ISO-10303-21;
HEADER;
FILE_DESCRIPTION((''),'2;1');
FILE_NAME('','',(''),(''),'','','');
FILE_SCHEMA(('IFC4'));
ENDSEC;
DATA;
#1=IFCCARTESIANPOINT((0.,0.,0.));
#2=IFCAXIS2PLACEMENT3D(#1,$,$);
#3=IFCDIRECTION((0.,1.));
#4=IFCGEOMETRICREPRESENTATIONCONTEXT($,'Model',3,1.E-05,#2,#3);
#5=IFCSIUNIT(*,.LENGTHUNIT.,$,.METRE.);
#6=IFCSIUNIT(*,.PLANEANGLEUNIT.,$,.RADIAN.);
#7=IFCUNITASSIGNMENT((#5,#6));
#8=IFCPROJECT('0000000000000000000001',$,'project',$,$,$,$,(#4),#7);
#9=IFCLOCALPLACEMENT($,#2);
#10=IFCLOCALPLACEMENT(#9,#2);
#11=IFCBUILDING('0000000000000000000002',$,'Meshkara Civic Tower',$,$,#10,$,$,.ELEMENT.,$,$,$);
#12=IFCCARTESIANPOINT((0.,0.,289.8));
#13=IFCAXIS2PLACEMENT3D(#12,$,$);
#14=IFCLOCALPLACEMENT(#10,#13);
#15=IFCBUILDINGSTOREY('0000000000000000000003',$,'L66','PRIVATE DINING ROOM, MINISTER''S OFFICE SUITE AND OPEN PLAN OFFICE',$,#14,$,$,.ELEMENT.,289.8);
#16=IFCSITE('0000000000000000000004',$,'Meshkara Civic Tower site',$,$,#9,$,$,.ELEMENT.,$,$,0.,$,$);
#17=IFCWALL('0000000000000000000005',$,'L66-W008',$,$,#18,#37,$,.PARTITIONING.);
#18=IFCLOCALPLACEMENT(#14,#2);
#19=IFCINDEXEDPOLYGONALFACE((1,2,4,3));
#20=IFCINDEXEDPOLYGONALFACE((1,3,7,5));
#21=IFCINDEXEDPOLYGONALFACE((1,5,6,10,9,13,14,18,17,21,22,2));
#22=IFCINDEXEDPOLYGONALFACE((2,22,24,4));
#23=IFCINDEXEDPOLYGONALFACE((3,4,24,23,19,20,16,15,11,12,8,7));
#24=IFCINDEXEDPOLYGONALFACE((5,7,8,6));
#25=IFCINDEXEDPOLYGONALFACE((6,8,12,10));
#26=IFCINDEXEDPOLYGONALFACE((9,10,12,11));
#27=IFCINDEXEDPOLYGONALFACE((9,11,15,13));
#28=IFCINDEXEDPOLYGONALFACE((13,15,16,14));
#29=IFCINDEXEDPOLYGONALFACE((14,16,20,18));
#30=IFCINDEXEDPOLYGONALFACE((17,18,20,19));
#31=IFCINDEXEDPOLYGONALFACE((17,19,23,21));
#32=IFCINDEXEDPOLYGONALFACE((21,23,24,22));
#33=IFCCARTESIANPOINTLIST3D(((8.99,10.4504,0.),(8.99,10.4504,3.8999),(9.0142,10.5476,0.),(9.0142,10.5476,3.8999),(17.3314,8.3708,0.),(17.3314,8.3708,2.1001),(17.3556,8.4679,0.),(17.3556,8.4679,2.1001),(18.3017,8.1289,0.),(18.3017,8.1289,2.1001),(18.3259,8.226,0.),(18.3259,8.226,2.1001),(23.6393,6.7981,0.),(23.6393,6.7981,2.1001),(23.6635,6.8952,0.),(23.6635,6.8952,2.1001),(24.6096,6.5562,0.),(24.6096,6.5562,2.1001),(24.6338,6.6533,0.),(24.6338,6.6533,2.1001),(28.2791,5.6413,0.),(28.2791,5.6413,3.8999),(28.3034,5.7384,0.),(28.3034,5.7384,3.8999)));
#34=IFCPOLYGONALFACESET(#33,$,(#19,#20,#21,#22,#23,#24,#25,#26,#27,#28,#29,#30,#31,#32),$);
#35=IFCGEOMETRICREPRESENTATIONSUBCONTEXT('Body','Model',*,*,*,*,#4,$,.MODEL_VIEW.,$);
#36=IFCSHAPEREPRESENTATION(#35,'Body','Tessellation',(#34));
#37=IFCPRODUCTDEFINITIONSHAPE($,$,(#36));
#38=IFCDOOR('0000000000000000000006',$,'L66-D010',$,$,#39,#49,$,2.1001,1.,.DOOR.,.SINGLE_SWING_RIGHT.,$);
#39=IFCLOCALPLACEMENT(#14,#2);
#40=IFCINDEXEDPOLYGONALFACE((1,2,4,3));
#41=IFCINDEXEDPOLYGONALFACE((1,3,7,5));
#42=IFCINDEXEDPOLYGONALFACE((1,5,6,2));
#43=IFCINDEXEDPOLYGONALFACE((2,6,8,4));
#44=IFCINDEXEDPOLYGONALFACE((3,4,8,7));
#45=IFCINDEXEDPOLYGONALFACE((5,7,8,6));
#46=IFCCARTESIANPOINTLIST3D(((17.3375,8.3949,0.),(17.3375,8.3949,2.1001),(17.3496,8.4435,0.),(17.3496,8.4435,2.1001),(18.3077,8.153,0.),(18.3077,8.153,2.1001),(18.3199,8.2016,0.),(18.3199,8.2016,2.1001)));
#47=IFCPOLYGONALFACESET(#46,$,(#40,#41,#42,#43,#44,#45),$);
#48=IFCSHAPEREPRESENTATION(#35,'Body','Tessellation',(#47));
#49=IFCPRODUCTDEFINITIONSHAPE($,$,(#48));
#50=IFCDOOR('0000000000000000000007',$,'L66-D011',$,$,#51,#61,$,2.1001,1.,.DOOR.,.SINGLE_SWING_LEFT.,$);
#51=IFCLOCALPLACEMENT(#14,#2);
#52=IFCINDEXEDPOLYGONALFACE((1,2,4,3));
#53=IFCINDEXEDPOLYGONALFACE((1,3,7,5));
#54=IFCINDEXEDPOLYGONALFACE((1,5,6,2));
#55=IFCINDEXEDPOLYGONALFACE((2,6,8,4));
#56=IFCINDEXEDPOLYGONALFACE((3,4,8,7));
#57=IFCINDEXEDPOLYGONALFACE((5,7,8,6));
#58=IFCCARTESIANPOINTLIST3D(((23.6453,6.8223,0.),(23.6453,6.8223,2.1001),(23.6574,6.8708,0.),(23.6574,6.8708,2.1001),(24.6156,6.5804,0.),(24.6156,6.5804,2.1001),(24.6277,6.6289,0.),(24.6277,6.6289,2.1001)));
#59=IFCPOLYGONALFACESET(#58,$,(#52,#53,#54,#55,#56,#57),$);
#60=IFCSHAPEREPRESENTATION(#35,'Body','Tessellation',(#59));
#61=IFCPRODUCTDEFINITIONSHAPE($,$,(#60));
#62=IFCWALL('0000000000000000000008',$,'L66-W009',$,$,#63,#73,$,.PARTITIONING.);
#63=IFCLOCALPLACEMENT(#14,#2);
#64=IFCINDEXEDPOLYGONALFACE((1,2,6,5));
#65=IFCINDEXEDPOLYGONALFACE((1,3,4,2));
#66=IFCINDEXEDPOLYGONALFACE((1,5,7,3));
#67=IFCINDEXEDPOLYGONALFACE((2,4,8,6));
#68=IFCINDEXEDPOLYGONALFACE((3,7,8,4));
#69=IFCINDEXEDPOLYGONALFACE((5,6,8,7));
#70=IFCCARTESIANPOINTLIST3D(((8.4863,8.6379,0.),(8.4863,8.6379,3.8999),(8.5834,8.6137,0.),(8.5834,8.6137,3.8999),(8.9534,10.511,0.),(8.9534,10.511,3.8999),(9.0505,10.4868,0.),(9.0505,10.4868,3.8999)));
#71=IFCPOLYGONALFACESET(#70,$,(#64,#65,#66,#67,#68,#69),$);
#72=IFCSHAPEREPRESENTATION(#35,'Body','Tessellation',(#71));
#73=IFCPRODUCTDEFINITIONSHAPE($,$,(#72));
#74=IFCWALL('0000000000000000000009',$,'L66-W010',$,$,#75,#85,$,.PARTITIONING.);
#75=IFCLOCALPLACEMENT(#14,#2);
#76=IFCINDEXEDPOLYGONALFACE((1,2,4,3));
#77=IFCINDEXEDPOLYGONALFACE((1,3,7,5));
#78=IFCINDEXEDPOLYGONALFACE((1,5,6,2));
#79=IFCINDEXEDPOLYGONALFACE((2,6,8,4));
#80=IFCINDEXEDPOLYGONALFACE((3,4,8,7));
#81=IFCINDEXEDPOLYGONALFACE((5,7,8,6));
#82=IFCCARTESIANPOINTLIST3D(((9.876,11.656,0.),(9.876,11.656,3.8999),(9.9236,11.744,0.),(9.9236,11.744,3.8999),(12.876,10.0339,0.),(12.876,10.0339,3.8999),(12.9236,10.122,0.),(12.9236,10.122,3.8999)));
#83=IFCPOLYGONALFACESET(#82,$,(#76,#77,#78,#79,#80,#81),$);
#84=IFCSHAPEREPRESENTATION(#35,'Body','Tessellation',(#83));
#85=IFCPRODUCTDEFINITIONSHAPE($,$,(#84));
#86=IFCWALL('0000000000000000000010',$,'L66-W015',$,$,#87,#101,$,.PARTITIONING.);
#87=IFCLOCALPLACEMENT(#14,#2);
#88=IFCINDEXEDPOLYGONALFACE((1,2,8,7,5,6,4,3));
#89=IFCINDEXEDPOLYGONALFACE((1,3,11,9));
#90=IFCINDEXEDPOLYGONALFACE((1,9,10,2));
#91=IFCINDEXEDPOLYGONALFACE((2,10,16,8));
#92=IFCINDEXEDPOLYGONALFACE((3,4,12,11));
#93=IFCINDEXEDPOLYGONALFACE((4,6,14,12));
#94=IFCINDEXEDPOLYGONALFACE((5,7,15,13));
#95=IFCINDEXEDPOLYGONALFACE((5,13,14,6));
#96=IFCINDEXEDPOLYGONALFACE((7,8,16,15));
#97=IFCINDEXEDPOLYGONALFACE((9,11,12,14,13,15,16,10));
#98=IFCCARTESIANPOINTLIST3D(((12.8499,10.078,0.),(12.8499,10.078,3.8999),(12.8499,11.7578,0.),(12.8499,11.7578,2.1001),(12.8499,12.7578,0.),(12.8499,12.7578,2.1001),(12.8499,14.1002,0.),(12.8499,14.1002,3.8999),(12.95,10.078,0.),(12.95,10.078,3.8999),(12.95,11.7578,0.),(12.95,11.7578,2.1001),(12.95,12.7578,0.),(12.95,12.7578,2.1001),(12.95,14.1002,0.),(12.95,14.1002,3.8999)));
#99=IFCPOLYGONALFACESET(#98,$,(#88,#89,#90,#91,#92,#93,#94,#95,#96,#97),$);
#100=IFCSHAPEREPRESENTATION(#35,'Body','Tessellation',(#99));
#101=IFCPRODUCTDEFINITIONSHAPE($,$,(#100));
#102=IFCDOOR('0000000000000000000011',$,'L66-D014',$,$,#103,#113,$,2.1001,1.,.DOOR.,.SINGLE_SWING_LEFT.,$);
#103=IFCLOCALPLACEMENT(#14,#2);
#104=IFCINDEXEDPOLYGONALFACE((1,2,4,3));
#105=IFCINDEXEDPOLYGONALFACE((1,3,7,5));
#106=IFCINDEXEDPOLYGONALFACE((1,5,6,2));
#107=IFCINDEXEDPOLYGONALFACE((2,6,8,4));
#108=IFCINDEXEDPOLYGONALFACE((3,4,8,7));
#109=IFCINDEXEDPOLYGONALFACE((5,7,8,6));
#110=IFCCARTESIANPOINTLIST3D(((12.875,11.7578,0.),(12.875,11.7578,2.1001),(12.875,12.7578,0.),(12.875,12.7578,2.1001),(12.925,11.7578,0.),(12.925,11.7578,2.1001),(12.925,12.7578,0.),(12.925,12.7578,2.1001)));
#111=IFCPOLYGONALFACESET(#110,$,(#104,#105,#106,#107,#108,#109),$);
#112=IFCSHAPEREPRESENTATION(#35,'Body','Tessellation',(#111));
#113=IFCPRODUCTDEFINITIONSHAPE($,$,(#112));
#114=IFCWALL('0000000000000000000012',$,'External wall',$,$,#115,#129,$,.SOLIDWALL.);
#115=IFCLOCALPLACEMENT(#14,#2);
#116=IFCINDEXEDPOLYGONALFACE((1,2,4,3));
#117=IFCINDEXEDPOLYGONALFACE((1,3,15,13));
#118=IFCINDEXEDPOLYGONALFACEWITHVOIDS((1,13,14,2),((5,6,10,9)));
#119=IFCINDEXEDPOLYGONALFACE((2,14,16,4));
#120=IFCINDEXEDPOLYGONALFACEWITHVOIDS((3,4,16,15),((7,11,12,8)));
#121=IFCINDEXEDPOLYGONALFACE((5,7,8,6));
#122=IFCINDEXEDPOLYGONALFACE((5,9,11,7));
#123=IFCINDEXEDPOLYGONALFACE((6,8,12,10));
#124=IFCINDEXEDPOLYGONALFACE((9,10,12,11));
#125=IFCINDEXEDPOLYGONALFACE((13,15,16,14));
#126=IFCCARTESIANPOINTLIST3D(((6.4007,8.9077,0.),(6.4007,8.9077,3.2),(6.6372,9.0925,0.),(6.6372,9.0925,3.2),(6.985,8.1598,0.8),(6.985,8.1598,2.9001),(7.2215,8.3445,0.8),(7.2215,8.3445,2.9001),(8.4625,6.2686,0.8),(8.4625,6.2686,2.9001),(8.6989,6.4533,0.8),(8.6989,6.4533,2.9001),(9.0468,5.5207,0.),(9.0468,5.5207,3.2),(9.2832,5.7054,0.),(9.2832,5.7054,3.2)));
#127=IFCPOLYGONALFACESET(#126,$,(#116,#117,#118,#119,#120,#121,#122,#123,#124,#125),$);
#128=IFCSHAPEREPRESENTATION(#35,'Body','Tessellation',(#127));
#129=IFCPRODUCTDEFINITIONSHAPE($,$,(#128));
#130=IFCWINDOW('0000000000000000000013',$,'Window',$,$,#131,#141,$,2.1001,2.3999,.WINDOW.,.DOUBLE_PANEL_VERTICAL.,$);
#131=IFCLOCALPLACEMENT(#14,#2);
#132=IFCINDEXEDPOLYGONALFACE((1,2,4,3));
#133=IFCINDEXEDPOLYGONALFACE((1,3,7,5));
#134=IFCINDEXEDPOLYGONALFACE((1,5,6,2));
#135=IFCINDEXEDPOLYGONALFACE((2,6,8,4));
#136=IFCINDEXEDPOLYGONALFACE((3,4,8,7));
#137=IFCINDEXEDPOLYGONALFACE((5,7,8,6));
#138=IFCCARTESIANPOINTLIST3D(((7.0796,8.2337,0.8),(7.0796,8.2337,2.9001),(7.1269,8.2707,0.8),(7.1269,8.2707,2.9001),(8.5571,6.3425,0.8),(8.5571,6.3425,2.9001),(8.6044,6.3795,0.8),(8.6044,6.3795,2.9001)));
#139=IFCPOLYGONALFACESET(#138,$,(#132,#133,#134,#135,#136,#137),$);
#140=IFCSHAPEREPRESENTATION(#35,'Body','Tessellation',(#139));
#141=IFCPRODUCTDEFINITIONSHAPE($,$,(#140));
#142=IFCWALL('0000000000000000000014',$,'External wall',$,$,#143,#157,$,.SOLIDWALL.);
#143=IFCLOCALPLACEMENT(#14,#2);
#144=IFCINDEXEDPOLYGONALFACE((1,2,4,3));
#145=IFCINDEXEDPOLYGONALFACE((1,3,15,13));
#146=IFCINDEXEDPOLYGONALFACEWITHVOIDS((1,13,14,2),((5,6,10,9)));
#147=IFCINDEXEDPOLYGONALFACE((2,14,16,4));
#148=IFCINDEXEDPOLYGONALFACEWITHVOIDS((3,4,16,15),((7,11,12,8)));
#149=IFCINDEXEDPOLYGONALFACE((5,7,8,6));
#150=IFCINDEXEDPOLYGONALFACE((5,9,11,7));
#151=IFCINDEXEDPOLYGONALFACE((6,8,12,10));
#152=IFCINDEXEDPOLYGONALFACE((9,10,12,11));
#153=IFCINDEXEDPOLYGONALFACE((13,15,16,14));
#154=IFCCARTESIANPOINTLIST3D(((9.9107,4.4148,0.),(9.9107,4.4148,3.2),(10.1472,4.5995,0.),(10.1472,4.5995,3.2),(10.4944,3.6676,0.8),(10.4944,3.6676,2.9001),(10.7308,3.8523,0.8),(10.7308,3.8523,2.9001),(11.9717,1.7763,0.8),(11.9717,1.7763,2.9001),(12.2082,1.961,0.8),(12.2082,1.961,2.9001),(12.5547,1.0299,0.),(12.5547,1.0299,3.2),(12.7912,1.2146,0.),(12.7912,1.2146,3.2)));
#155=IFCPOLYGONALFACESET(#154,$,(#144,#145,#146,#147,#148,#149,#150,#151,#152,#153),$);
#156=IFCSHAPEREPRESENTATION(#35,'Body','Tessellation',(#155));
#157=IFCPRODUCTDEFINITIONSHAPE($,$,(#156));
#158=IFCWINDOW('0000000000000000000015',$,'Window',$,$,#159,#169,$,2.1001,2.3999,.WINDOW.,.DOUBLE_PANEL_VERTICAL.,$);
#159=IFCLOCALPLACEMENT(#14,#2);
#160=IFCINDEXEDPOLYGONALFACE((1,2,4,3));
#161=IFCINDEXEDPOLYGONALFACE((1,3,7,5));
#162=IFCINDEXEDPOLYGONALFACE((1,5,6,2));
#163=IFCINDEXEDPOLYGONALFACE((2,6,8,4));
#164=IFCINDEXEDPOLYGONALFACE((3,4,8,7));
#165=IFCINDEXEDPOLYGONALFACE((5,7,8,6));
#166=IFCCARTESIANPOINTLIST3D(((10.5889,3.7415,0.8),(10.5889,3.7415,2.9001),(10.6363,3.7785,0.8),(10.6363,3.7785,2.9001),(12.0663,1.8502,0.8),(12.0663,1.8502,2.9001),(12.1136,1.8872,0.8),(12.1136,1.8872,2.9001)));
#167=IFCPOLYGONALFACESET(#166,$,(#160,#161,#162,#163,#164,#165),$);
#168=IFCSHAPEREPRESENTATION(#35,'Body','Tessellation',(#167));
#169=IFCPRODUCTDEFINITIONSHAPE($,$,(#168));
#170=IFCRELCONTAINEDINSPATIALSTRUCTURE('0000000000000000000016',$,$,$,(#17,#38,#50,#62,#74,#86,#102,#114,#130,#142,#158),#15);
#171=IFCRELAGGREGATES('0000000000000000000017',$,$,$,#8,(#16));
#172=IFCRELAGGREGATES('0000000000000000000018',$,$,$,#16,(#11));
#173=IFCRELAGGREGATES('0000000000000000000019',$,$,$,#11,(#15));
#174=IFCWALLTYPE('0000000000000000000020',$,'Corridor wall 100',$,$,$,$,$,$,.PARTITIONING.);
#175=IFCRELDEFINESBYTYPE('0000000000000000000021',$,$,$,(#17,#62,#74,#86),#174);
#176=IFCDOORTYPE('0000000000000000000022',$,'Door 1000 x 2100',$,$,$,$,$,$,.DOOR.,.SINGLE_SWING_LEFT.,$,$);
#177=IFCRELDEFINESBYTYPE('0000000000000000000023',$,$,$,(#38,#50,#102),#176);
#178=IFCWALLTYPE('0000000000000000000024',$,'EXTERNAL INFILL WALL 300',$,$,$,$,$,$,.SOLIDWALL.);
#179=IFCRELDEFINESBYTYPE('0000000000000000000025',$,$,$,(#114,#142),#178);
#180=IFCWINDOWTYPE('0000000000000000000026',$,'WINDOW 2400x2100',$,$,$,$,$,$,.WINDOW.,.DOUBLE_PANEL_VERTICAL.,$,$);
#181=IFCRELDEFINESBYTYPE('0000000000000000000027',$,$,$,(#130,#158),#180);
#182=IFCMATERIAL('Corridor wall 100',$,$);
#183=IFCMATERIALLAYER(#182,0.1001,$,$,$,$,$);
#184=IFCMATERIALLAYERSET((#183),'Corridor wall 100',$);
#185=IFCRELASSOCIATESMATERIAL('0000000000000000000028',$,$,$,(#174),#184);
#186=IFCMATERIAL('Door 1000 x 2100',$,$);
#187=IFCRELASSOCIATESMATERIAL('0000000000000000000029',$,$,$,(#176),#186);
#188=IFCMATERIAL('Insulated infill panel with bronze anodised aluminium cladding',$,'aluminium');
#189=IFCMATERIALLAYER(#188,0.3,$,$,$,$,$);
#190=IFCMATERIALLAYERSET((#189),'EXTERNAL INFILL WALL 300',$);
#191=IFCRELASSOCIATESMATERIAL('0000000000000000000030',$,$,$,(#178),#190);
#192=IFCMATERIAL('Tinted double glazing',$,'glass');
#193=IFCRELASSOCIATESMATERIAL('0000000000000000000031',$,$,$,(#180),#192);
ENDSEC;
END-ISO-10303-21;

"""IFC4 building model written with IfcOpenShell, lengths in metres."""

from ifc_helpers import new_model, si_unit, direction, frame, frame_2d, origin, place, context, subcontext, project, spatial, rectangle, extrude, material, layer, layer_set, type_object, element, fill, save


model = new_model("IFC4")

# Units and contexts
model_context = context("Model", 3, precision=1e-05, world=origin(), true_north=direction((0.0, 1.0)))
body_context = subcontext(model_context, "Body", "Model", "MODEL_VIEW")
ifc_project = project(units=[si_unit("LENGTHUNIT", "METRE"), si_unit("PLANEANGLEUNIT", "RADIAN")], contexts=[model_context])

# Site, building, storey
site_placement = place(None, origin())
site = spatial("IfcSite", under=ifc_project, at=site_placement, Name="Meshkara Civic Tower site", CompositionType="ELEMENT", RefElevation=0.0)
building_placement = place(site_placement, origin())
building = spatial("IfcBuilding", under=site, at=building_placement, Name="Meshkara Civic Tower", CompositionType="ELEMENT")
storey_placement = place(building_placement, frame((0.0, 0.0, 289.8)))
storey = spatial("IfcBuildingStorey", under=building, at=storey_placement, Name="L66", Description="PRIVATE DINING ROOM, MINISTER'S OFFICE SUITE AND OPEN PLAN OFFICE", CompositionType="ELEMENT", Elevation=289.8)

# Shared definitions
ifc_material_1 = material(Name="Corridor wall 100")
ifc_layer_1 = layer(ifc_material_1, 0.1001)
ifc_layer_set_1 = layer_set([ifc_layer_1], Name="Corridor wall 100")
wall_type_1 = type_object("IfcWallType", Name="Corridor wall 100", PredefinedType="PARTITIONING", material=ifc_layer_set_1)

# Wall, openings, doors
ifc_material_2 = material(Name="Door 1000 x 2100")
door_type = type_object("IfcDoorType", Name="Door 1000 x 2100", OperationType="SINGLE_SWING_LEFT", PredefinedType="DOOR", material=ifc_material_2)
wall_1_placement = place(storey_placement, frame((9.002, 10.499, 0.0), z_axis=(0.0, 0.0, 1.0), x_axis=(0.970298, -0.241911, 0.0)))
wall_1 = element("IfcWall", 1, at=wall_1_placement, inside=storey, type_object=wall_type_1, Name="L66-W008", PredefinedType="PARTITIONING", context=body_context, shape_type="SweptSolid", body=[
    extrude(rectangle(XDim=19.8796, YDim=0.1001, at=frame_2d((9.9399, 0.0))), origin(), (0.0, 0.0, 1.0), 3.8999),
])
opening_1_placement = place(wall_1_placement, frame((8.5969, 0.0, 0.0)))
opening_1 = element("IfcOpeningElement", 2, at=opening_1_placement, cuts=wall_1, PredefinedType="OPENING", context=body_context, shape_type="SweptSolid", body=[
    extrude(rectangle(XDim=1.0, YDim=2.1001, at=frame_2d((0.5, 1.05))), frame((0.0, 0.0601, 0.0), z_axis=(0.0, -1.0, 0.0), x_axis=(1.0, 0.0, 0.0)), (0.0, 0.0, 1.0), 0.1201),
])
opening_2_placement = place(wall_1_placement, frame((15.0979, 0.0, 0.0)))
opening_2 = element("IfcOpeningElement", 3, at=opening_2_placement, cuts=wall_1, PredefinedType="OPENING", context=body_context, shape_type="SweptSolid", body=[
    extrude(rectangle(XDim=1.0, YDim=2.1001, at=frame_2d((0.5, 1.05))), frame((0.0, 0.0601, 0.0), z_axis=(0.0, -1.0, 0.0), x_axis=(1.0, 0.0, 0.0)), (0.0, 0.0, 1.0), 0.1201),
])
door_1_placement = place(opening_1_placement, origin())
door_1 = element("IfcDoor", 4, at=door_1_placement, inside=storey, type_object=door_type, Name="L66-D010", OperationType="SINGLE_SWING_RIGHT", OverallHeight=2.1001, OverallWidth=1.0, PredefinedType="DOOR", context=body_context, shape_type="SweptSolid", body=[
    extrude(rectangle(XDim=1.0, YDim=2.1001, at=frame_2d((0.5, 1.05))), frame((0.0, 0.0249, 0.0), z_axis=(0.0, -1.0, 0.0), x_axis=(1.0, 0.0, 0.0)), (0.0, 0.0, 1.0), 0.05),
])
fill(opening_1, door_1)
door_2_placement = place(opening_2_placement, origin())
door_2 = element("IfcDoor", 5, at=door_2_placement, inside=storey, type_object=door_type, Name="L66-D011", OperationType="SINGLE_SWING_LEFT", OverallHeight=2.1001, OverallWidth=1.0, PredefinedType="DOOR", context=body_context, shape_type="SweptSolid", body=[
    extrude(rectangle(XDim=1.0, YDim=2.1001, at=frame_2d((0.5, 1.05))), frame((0.0, 0.0249, 0.0), z_axis=(0.0, -1.0, 0.0), x_axis=(1.0, 0.0, 0.0)), (0.0, 0.0, 1.0), 0.05),
])
fill(opening_2, door_2)

# Walls
wall_2_placement = place(storey_placement, frame((9.002, 10.499, 0.0), z_axis=(0.0, 0.0, 1.0), x_axis=(-0.24194, -0.970291, 0.0)))
element("IfcWall", 6, at=wall_2_placement, inside=storey, type_object=wall_type_1, Name="L66-W009", PredefinedType="PARTITIONING", context=body_context, shape_type="SweptSolid", body=[
    extrude(rectangle(XDim=1.9304, YDim=0.1001, at=frame_2d((0.9653, 0.0))), origin(), (0.0, 0.0, 1.0), 3.8999),
])
wall_3_placement = place(storey_placement, frame((9.8999, 11.7, 0.0), z_axis=(0.0, 0.0, 1.0), x_axis=(0.879651, -0.475619, 0.0)))
element("IfcWall", 7, at=wall_3_placement, inside=storey, type_object=wall_type_1, Name="L66-W010", PredefinedType="PARTITIONING", context=body_context, shape_type="SweptSolid", body=[
    extrude(rectangle(XDim=3.4104, YDim=0.1001, at=frame_2d((1.7051, 0.0))), origin(), (0.0, 0.0, 1.0), 3.8999),
])

# Wall, opening, door
wall_4_placement = place(storey_placement, frame((12.8999, 10.0779, 0.0), z_axis=(0.0, 0.0, 1.0), x_axis=(0.0, 1.0, 0.0)))
wall_4 = element("IfcWall", 8, at=wall_4_placement, inside=storey, type_object=wall_type_1, Name="L66-W015", PredefinedType="PARTITIONING", context=body_context, shape_type="SweptSolid", body=[
    extrude(rectangle(XDim=4.0222, YDim=0.1001, at=frame_2d((2.0112, 0.0))), origin(), (0.0, 0.0, 1.0), 3.8999),
])
opening_3_placement = place(wall_4_placement, frame((1.6799, 0.0, 0.0)))
opening_3 = element("IfcOpeningElement", 9, at=opening_3_placement, cuts=wall_4, PredefinedType="OPENING", context=body_context, shape_type="SweptSolid", body=[
    extrude(rectangle(XDim=1.0, YDim=2.1001, at=frame_2d((0.5, 1.05))), frame((0.0, 0.0601, 0.0), z_axis=(0.0, -1.0, 0.0), x_axis=(1.0, 0.0, 0.0)), (0.0, 0.0, 1.0), 0.1201),
])
door_3_placement = place(opening_3_placement, origin())
door_3 = element("IfcDoor", 10, at=door_3_placement, inside=storey, type_object=door_type, Name="L66-D014", OperationType="SINGLE_SWING_LEFT", OverallHeight=2.1001, OverallWidth=1.0, PredefinedType="DOOR", context=body_context, shape_type="SweptSolid", body=[
    extrude(rectangle(XDim=1.0, YDim=2.1001, at=frame_2d((0.5, 1.05))), frame((0.0, 0.0249, 0.0), z_axis=(0.0, -1.0, 0.0), x_axis=(1.0, 0.0, 0.0)), (0.0, 0.0, 1.0), 0.05),
])
fill(opening_3, door_3)

# Walls, openings, windows
ifc_material_3 = material(Name="Insulated infill panel with bronze anodised aluminium cladding", Category="aluminium")
ifc_layer_2 = layer(ifc_material_3, 0.3)
ifc_layer_set_2 = layer_set([ifc_layer_2], Name="EXTERNAL INFILL WALL 300")
wall_type_2 = type_object("IfcWallType", Name="EXTERNAL INFILL WALL 300", PredefinedType="SOLIDWALL", material=ifc_layer_set_2)
wall_5_placement = place(storey_placement, frame((6.519, 9.0, 0.0), z_axis=(0.0, 0.0, 1.0), x_axis=(0.615634, -0.788032, 0.0)))
wall_5 = element("IfcWall", 11, at=wall_5_placement, inside=storey, type_object=wall_type_2, Name="External wall", PredefinedType="SOLIDWALL", context=body_context, shape_type="SweptSolid", body=[
    extrude(rectangle(XDim=4.2981, YDim=0.3, at=frame_2d((2.1489, 0.0))), origin(), (0.0, 0.0, 1.0), 3.2),
])
opening_4_placement = place(wall_5_placement, frame((0.949, 0.0, 0.8)))
opening_4 = element("IfcOpeningElement", 12, at=opening_4_placement, cuts=wall_5, PredefinedType="OPENING", context=body_context, shape_type="SweptSolid", body=[
    extrude(rectangle(XDim=2.3999, YDim=2.1001, at=frame_2d((1.2, 1.05))), frame((0.0, 0.1599, 0.0), z_axis=(0.0, -1.0, 0.0), x_axis=(1.0, 0.0, 0.0)), (0.0, 0.0, 1.0), 0.3201),
])
ifc_material_4 = material(Name="Tinted double glazing", Category="glass")
window_type = type_object("IfcWindowType", Name="WINDOW 2400x2100", PartitioningType="DOUBLE_PANEL_VERTICAL", PredefinedType="WINDOW", material=ifc_material_4)
window_1_placement = place(opening_4_placement, origin())
window_1 = element("IfcWindow", 13, at=window_1_placement, inside=storey, type_object=window_type, Name="Window", OverallHeight=2.1001, OverallWidth=2.3999, PartitioningType="DOUBLE_PANEL_VERTICAL", PredefinedType="WINDOW", context=body_context, shape_type="SweptSolid", body=[
    extrude(rectangle(XDim=2.3999, YDim=2.1001, at=frame_2d((1.2, 1.05))), frame((0.0, 0.03, 0.0), z_axis=(0.0, -1.0, 0.0), x_axis=(1.0, 0.0, 0.0)), (0.0, 0.0, 1.0), 0.0601),
])
fill(opening_4, window_1)
wall_6_placement = place(storey_placement, frame((10.0291, 4.5071, 0.0), z_axis=(0.0, 0.0, 1.0), x_axis=(0.615572, -0.78808, 0.0)))
wall_6 = element("IfcWall", 14, at=wall_6_placement, inside=storey, type_object=wall_type_2, Name="External wall", PredefinedType="SOLIDWALL", context=body_context, shape_type="SweptSolid", body=[
    extrude(rectangle(XDim=4.2952, YDim=0.3, at=frame_2d((2.1475, 0.0))), origin(), (0.0, 0.0, 1.0), 3.2),
])
opening_5_placement = place(wall_6_placement, frame((0.948, 0.0, 0.8)))
opening_5 = element("IfcOpeningElement", 15, at=opening_5_placement, cuts=wall_6, PredefinedType="OPENING", context=body_context, shape_type="SweptSolid", body=[
    extrude(rectangle(XDim=2.3999, YDim=2.1001, at=frame_2d((1.2, 1.05))), frame((0.0, 0.1599, 0.0), z_axis=(0.0, -1.0, 0.0), x_axis=(1.0, 0.0, 0.0)), (0.0, 0.0, 1.0), 0.3201),
])
window_2_placement = place(opening_5_placement, origin())
window_2 = element("IfcWindow", 16, at=window_2_placement, inside=storey, type_object=window_type, Name="Window", OverallHeight=2.1001, OverallWidth=2.3999, PartitioningType="DOUBLE_PANEL_VERTICAL", PredefinedType="WINDOW", context=body_context, shape_type="SweptSolid", body=[
    extrude(rectangle(XDim=2.3999, YDim=2.1001, at=frame_2d((1.2, 1.05))), frame((0.0, 0.03, 0.0), z_axis=(0.0, -1.0, 0.0), x_axis=(1.0, 0.0, 0.0)), (0.0, 0.0, 1.0), 0.0601),
])
fill(opening_5, window_2)

save(model, "model.ifc")
